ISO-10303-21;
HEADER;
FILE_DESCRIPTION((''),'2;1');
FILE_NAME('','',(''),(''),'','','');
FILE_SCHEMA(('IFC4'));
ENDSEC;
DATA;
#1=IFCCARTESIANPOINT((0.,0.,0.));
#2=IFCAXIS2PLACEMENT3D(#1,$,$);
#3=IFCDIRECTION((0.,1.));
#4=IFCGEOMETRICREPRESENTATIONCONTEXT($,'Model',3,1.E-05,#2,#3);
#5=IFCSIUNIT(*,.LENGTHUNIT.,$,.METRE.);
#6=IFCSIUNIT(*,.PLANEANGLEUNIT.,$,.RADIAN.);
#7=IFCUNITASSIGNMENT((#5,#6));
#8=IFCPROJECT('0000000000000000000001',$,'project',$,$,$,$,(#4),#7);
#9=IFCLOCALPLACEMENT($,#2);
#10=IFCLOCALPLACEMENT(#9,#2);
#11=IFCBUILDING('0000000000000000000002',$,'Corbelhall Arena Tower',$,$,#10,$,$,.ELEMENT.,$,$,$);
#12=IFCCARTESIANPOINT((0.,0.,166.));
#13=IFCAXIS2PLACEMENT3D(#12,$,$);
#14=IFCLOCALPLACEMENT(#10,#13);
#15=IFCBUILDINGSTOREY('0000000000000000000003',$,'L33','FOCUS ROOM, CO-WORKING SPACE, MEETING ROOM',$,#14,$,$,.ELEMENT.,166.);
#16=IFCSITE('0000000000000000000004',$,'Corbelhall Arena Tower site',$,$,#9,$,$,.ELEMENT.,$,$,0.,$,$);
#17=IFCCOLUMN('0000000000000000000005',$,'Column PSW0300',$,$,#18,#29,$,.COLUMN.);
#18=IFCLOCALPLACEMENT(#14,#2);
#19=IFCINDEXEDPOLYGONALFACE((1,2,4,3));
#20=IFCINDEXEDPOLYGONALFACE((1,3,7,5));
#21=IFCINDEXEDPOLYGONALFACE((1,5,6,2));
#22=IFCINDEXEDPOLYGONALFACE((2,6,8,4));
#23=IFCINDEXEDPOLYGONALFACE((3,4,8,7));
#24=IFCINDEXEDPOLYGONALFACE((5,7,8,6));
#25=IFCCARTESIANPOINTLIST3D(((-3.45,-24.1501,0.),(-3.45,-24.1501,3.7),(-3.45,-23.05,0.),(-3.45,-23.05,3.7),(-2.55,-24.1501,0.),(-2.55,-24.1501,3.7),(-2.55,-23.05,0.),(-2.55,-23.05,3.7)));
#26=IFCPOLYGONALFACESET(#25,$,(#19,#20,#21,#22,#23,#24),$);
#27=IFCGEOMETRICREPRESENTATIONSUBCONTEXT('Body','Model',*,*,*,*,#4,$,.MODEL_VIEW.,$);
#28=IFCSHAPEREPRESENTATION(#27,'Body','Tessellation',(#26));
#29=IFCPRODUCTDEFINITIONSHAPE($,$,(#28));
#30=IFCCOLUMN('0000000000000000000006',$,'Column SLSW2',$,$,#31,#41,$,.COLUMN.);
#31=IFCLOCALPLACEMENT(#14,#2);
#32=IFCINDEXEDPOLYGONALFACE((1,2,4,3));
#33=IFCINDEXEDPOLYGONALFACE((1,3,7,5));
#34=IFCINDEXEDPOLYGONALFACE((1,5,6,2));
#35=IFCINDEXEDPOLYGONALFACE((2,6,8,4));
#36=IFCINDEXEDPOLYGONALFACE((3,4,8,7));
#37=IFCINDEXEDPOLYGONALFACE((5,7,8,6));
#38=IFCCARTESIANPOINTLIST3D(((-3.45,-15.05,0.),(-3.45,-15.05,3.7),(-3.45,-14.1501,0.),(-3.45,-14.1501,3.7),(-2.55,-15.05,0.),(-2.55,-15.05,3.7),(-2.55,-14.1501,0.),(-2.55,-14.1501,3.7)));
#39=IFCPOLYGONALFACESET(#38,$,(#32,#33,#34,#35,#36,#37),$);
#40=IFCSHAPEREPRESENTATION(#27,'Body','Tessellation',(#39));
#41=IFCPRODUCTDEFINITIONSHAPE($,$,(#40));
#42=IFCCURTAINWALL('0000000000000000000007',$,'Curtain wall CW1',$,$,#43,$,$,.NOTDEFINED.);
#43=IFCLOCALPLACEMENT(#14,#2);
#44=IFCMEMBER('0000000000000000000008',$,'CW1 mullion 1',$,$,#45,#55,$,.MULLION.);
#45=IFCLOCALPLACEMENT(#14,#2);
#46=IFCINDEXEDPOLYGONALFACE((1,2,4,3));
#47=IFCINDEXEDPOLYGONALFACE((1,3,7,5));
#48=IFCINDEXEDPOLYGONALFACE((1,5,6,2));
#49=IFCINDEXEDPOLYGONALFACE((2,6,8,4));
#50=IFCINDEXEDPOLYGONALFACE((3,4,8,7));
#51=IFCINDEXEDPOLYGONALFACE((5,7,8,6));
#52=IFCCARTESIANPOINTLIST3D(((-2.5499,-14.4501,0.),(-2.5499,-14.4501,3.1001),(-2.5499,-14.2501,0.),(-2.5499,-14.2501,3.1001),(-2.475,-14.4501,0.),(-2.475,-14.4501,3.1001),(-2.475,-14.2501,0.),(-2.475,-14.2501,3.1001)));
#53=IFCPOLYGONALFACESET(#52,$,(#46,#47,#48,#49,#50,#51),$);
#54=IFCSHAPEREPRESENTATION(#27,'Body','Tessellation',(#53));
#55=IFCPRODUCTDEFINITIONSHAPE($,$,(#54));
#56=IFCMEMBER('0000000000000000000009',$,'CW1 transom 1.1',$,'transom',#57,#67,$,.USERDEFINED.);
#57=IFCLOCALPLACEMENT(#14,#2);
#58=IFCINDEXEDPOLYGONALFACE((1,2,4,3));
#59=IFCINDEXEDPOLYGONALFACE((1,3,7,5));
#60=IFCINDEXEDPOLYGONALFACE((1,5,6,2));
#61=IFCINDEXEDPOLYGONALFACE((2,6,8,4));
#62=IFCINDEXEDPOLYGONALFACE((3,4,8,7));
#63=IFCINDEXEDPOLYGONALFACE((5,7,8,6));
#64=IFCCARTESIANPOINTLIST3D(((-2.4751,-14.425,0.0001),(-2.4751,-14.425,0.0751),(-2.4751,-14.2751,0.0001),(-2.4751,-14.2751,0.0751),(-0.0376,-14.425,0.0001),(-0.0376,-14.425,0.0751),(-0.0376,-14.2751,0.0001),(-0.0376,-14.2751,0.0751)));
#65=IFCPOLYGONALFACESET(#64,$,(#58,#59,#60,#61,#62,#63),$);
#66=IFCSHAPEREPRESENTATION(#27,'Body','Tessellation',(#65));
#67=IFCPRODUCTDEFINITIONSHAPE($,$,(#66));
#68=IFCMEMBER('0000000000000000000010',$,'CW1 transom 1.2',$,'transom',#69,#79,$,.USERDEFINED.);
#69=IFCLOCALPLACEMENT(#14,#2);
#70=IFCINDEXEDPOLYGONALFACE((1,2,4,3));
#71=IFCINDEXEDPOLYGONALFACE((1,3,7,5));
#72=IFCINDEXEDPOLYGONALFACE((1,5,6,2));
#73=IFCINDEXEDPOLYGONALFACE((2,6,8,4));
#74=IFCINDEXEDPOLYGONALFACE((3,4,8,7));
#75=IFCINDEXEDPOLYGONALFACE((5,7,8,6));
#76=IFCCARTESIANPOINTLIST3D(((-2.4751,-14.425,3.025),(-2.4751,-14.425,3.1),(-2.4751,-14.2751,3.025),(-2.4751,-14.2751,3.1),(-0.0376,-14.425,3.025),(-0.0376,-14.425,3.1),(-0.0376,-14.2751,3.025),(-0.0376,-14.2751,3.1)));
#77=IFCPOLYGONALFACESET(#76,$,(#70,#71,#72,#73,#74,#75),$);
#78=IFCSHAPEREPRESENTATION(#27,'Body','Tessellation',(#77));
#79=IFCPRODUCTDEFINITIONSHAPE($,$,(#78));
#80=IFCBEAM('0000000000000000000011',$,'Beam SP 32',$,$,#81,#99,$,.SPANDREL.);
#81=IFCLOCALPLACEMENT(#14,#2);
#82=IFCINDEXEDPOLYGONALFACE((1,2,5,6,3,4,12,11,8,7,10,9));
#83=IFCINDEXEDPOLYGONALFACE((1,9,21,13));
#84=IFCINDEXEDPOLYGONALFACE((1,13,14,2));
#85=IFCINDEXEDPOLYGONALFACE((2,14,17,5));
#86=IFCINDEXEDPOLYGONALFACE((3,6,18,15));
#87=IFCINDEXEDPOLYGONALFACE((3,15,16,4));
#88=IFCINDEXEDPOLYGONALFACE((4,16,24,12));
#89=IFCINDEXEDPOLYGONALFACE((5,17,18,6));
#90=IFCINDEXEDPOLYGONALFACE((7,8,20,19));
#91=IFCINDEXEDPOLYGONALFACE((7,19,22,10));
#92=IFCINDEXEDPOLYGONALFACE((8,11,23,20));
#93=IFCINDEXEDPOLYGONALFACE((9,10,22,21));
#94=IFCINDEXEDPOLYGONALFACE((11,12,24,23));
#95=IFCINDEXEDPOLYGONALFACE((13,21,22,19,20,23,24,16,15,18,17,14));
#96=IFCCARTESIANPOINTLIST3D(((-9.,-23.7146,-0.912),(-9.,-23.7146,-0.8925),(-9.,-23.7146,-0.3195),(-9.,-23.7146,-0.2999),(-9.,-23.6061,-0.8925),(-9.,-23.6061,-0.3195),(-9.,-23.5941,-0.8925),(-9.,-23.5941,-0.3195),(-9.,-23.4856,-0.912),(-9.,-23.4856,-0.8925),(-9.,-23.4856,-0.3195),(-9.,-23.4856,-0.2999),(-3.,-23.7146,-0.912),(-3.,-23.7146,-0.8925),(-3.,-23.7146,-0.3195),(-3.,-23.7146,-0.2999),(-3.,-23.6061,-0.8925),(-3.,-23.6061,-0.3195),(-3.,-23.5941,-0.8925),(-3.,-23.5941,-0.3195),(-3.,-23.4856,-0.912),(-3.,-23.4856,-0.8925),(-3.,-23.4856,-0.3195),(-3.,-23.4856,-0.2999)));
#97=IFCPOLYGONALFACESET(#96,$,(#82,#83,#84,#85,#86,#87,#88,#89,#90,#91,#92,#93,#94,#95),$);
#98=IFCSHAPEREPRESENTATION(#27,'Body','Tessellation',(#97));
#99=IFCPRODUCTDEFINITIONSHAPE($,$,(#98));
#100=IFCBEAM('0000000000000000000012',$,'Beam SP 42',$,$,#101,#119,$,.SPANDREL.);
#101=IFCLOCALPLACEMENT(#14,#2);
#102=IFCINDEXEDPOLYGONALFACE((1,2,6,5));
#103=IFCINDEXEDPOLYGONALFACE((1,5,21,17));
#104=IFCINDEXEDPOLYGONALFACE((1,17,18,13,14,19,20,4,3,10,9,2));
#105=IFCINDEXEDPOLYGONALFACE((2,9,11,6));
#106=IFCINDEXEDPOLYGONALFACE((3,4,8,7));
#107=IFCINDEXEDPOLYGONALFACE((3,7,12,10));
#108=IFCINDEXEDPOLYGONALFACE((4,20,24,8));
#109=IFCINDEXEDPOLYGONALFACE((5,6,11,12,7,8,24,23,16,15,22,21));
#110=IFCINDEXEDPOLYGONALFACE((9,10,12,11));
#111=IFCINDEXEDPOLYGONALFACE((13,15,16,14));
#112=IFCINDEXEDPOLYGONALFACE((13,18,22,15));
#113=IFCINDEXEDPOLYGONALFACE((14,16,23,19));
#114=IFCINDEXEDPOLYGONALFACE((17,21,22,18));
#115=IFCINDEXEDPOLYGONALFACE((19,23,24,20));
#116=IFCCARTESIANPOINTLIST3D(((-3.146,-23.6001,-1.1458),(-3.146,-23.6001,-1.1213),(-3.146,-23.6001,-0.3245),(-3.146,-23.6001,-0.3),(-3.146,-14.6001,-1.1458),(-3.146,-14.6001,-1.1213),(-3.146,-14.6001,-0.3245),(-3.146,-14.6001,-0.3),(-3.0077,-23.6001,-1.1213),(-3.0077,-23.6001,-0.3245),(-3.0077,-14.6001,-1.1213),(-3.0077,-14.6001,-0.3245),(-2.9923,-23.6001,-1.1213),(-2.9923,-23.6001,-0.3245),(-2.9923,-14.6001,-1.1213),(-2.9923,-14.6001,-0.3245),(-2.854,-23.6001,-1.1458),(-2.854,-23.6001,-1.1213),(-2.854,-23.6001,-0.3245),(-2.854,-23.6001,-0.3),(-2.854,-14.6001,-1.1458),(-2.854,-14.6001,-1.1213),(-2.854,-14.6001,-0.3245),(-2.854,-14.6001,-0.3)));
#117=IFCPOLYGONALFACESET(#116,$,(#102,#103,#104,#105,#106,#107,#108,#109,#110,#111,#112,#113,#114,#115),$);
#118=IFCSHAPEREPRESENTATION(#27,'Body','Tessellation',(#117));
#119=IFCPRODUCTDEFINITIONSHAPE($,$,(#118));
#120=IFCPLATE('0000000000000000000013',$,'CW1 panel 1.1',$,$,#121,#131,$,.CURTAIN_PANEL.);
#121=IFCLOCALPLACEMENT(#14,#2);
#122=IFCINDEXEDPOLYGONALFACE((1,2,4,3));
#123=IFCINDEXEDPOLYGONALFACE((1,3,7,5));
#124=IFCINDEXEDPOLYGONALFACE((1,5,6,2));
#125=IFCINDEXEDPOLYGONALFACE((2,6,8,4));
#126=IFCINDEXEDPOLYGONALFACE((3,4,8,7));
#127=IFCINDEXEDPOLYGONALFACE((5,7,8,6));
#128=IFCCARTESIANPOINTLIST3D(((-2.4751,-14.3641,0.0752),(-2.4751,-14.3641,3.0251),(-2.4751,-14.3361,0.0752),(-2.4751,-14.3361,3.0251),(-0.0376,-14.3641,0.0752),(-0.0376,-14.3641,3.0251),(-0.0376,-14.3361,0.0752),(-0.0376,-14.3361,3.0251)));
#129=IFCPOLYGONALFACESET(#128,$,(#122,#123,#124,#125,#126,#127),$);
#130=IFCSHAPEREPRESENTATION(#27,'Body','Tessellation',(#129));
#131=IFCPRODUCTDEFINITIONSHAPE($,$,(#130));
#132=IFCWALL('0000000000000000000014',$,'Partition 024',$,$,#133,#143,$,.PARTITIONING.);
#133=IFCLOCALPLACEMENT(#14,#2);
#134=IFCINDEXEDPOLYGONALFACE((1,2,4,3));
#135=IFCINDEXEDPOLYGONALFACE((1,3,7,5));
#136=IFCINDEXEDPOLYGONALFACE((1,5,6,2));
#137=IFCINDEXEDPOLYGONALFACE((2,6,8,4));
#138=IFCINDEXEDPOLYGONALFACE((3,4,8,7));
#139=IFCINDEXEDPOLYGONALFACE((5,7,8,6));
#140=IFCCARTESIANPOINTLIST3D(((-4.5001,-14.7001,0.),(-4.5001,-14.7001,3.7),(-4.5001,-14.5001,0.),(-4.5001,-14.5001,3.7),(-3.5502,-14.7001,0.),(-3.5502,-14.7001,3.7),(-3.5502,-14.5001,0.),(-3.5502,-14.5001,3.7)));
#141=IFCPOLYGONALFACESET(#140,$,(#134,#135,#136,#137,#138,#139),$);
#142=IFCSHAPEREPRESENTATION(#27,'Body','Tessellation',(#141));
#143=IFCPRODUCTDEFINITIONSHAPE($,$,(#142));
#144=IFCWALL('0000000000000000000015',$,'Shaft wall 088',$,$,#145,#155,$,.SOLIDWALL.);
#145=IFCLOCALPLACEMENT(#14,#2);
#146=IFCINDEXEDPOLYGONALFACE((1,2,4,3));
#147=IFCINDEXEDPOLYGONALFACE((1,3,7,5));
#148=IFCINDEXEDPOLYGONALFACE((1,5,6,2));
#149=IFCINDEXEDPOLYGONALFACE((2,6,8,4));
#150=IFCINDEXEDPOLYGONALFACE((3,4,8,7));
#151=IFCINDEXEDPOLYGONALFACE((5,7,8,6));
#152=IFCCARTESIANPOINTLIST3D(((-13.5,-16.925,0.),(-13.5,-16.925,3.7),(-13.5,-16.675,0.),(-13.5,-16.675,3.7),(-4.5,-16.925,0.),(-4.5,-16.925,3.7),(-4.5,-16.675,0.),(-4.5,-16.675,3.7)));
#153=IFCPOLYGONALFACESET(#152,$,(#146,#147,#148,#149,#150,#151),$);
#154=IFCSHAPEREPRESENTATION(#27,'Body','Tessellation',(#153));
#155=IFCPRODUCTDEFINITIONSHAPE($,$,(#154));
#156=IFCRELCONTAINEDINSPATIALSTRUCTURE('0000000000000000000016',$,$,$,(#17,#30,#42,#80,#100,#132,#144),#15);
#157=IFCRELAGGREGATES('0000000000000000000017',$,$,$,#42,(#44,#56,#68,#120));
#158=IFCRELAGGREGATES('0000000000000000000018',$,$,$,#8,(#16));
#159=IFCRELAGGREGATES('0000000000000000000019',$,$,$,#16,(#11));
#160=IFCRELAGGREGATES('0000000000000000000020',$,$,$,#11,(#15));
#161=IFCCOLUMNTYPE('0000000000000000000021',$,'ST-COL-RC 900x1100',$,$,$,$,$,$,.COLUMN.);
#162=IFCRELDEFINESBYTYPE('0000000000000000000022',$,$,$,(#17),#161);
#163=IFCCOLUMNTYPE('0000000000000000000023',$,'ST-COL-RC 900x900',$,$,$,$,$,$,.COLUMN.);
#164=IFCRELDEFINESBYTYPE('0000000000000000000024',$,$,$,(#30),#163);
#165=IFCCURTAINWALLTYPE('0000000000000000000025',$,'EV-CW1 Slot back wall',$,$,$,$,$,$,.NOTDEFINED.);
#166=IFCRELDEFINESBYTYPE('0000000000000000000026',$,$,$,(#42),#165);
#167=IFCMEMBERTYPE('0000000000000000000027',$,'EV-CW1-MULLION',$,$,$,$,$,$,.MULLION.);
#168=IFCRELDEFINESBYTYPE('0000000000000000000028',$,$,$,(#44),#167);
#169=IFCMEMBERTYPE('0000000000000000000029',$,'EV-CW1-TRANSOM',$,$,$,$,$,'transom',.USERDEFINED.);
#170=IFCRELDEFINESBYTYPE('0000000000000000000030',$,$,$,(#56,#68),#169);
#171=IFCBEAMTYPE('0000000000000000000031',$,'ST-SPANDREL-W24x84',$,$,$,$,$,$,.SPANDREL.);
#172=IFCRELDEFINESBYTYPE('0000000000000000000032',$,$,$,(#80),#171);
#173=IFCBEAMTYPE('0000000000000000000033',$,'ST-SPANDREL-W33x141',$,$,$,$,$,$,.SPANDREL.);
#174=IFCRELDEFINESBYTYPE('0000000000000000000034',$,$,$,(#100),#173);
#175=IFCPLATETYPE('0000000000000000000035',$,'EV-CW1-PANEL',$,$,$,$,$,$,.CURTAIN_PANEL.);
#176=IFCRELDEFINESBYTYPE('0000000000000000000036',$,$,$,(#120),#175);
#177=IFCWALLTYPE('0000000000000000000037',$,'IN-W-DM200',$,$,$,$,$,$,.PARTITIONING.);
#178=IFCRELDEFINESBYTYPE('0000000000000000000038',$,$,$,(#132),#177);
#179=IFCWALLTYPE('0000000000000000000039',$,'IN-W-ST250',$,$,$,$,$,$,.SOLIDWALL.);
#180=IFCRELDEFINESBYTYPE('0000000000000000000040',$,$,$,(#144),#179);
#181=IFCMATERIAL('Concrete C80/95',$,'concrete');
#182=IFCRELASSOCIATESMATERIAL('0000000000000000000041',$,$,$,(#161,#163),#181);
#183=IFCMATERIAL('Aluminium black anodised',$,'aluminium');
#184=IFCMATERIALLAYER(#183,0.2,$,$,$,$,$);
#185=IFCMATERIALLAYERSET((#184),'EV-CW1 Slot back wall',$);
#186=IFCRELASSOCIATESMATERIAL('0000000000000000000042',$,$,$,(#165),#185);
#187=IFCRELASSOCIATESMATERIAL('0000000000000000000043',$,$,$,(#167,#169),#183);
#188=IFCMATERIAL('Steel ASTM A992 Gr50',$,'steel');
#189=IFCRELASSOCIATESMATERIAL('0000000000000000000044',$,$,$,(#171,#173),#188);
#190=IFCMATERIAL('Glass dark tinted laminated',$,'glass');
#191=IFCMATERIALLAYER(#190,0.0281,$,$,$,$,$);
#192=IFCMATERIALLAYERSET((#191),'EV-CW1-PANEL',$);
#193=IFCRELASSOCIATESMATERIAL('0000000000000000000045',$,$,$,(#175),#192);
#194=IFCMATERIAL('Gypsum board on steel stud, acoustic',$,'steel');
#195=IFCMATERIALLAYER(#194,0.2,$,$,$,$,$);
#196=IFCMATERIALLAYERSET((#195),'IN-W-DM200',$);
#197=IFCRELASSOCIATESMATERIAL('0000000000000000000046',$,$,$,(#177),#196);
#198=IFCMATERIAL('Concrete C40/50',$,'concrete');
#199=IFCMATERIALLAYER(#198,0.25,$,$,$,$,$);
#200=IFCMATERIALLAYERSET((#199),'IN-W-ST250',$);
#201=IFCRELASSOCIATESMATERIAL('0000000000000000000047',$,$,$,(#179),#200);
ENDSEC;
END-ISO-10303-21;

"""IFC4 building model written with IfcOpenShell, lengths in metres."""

from ifc_helpers import new_model, si_unit, direction, frame, frame_2d, origin, origin_2d, place, context, subcontext, project, spatial, rectangle, i_section, extrude, material, layer, layer_set, material_profile, profile_set, type_object, element, aggregate, save


model = new_model("IFC4")

# Units and contexts
model_context = context("Model", 3, precision=1e-05, world=origin(), true_north=direction((0.0, 1.0)))
body_context = subcontext(model_context, "Body", "Model", "MODEL_VIEW")
ifc_project = project(units=[si_unit("LENGTHUNIT", "METRE"), si_unit("PLANEANGLEUNIT", "RADIAN")], contexts=[model_context])

# Site, building, storey
site_placement = place(None, origin())
site = spatial("IfcSite", under=ifc_project, at=site_placement, Name="Corbelhall Arena Tower site", CompositionType="ELEMENT", RefElevation=0.0)
building_placement = place(site_placement, origin())
building = spatial("IfcBuilding", under=site, at=building_placement, Name="Corbelhall Arena Tower", CompositionType="ELEMENT")
storey_placement = place(building_placement, frame((0.0, 0.0, 166.0)))
storey = spatial("IfcBuildingStorey", under=building, at=storey_placement, Name="L33", Description="FOCUS ROOM, CO-WORKING SPACE, MEETING ROOM", CompositionType="ELEMENT", Elevation=166.0)

# Columns
ifc_material_1 = material(Name="Concrete C80/95", Category="concrete")
ifc_material_profile_1 = material_profile(ifc_material_1, rectangle(XDim=0.8999, YDim=1.1001, at=origin_2d()))
ifc_profile_set_1 = profile_set([ifc_material_profile_1], Name="Concrete C80/95")
column_type_1 = type_object("IfcColumnType", Name="ST-COL-RC 900x1100", PredefinedType="COLUMN", material=ifc_profile_set_1)
column_1_placement = place(storey_placement, frame((-3.0, -23.6001, 0.0), z_axis=(0.0, 0.0, 1.0), x_axis=(1.0, 0.0, 0.0)))
element("IfcColumn", 1, at=column_1_placement, inside=storey, type_object=column_type_1, Name="Column PSW0300", PredefinedType="COLUMN", context=body_context, shape_type="SweptSolid", body=[
    extrude(rectangle(XDim=0.8999, YDim=1.1001, at=origin_2d()), origin(), (0.0, 0.0, 1.0), 3.7),
])
ifc_material_profile_2 = material_profile(ifc_material_1, rectangle(XDim=0.8999, YDim=0.8999, at=origin_2d()))
ifc_profile_set_2 = profile_set([ifc_material_profile_2], Name="Concrete C80/95")
column_type_2 = type_object("IfcColumnType", Name="ST-COL-RC 900x900", PredefinedType="COLUMN", material=ifc_profile_set_2)
column_2_placement = place(storey_placement, frame((-3.0, -14.6001, 0.0), z_axis=(0.0, 0.0, 1.0), x_axis=(1.0, 0.0, 0.0)))
element("IfcColumn", 2, at=column_2_placement, inside=storey, type_object=column_type_2, Name="Column SLSW2", PredefinedType="COLUMN", context=body_context, shape_type="SweptSolid", body=[
    extrude(rectangle(XDim=0.8999, YDim=0.8999, at=origin_2d()), origin(), (0.0, 0.0, 1.0), 3.7),
])

# Curtain wall, members
ifc_material_2 = material(Name="Aluminium black anodised", Category="aluminium")
ifc_layer_1 = layer(ifc_material_2, 0.2)
ifc_layer_set_1 = layer_set([ifc_layer_1], Name="EV-CW1 Slot back wall")
curtain_wall_type = type_object("IfcCurtainWallType", Name="EV-CW1 Slot back wall", PredefinedType="NOTDEFINED", material=ifc_layer_set_1)
curtain_wall_placement = place(storey_placement, origin())
curtain_wall = element("IfcCurtainWall", 3, at=curtain_wall_placement, inside=storey, type_object=curtain_wall_type, Name="Curtain wall CW1", PredefinedType="NOTDEFINED")
ifc_material_profile_3 = material_profile(ifc_material_2, rectangle(XDim=0.2, YDim=0.075, at=origin_2d()))
ifc_profile_set_3 = profile_set([ifc_material_profile_3], Name="Aluminium black anodised")
member_type_1 = type_object("IfcMemberType", Name="EV-CW1-MULLION", PredefinedType="MULLION", material=ifc_profile_set_3)
member_1_placement = place(storey_placement, frame((-2.5125, -14.3501, 0.0), z_axis=(0.0, 0.0, 1.0), x_axis=(0.0, 1.0, 0.0)))
member_1 = element("IfcMember", 4, at=member_1_placement, type_object=member_type_1, Name="CW1 mullion 1", PredefinedType="MULLION", context=body_context, shape_type="SweptSolid", body=[
    extrude(rectangle(XDim=0.2, YDim=0.075, at=origin_2d()), origin(), (0.0, 0.0, 1.0), 3.1001),
])
ifc_material_profile_4 = material_profile(ifc_material_2, rectangle(XDim=0.1499, YDim=0.075, at=origin_2d()))
ifc_profile_set_4 = profile_set([ifc_material_profile_4], Name="Aluminium black anodised")
member_type_2 = type_object("IfcMemberType", Name="EV-CW1-TRANSOM", ElementType="transom", PredefinedType="USERDEFINED", material=ifc_profile_set_4)
member_2_placement = place(storey_placement, frame((-2.4751, -14.3501, 0.0376), z_axis=(1.0, 0.0, 0.0), x_axis=(0.0, 1.0, 0.0)))
member_2 = element("IfcMember", 5, at=member_2_placement, type_object=member_type_2, Name="CW1 transom 1.1", ObjectType="transom", PredefinedType="USERDEFINED", context=body_context, shape_type="SweptSolid", body=[
    extrude(rectangle(XDim=0.1499, YDim=0.075, at=origin_2d()), origin(), (0.0, 0.0, 1.0), 2.4375),
])
member_3_placement = place(storey_placement, frame((-2.4751, -14.3501, 3.0625), z_axis=(1.0, 0.0, 0.0), x_axis=(0.0, 1.0, 0.0)))
member_3 = element("IfcMember", 6, at=member_3_placement, type_object=member_type_2, Name="CW1 transom 1.2", ObjectType="transom", PredefinedType="USERDEFINED", context=body_context, shape_type="SweptSolid", body=[
    extrude(rectangle(XDim=0.1499, YDim=0.075, at=origin_2d()), origin(), (0.0, 0.0, 1.0), 2.4375),
])

# Beams
ifc_material_3 = material(Name="Steel ASTM A992 Gr50", Category="steel")
ifc_material_profile_5 = material_profile(ifc_material_3, i_section(OverallWidth=0.229, OverallDepth=0.6121, WebThickness=0.012, FlangeThickness=0.0195, at=origin_2d()))
ifc_profile_set_5 = profile_set([ifc_material_profile_5], Name="Steel ASTM A992 Gr50")
beam_type_1 = type_object("IfcBeamType", Name="ST-SPANDREL-W24x84", PredefinedType="SPANDREL", material=ifc_profile_set_5)
beam_1_placement = place(storey_placement, frame((-3.0, -23.6001, -0.606), z_axis=(-1.0, 0.0, 0.0), x_axis=(0.0, -1.0, 0.0)))
element("IfcBeam", 7, at=beam_1_placement, inside=storey, type_object=beam_type_1, Name="Beam SP 32", PredefinedType="SPANDREL", context=body_context, shape_type="SweptSolid", body=[
    extrude(i_section(OverallWidth=0.229, OverallDepth=0.6121, WebThickness=0.012, FlangeThickness=0.0195, at=origin_2d()), origin(), (0.0, 0.0, 1.0), 6.0),
])
ifc_material_profile_6 = material_profile(ifc_material_3, i_section(OverallWidth=0.292, OverallDepth=0.8457, WebThickness=0.0154, FlangeThickness=0.0244, at=origin_2d()))
ifc_profile_set_6 = profile_set([ifc_material_profile_6], Name="Steel ASTM A992 Gr50")
beam_type_2 = type_object("IfcBeamType", Name="ST-SPANDREL-W33x141", PredefinedType="SPANDREL", material=ifc_profile_set_6)
beam_2_placement = place(storey_placement, frame((-3.0, -14.6001, -0.7229), z_axis=(0.0, -1.0, 0.0), x_axis=(1.0, 0.0, 0.0)))
element("IfcBeam", 8, at=beam_2_placement, inside=storey, type_object=beam_type_2, Name="Beam SP 42", PredefinedType="SPANDREL", context=body_context, shape_type="SweptSolid", body=[
    extrude(i_section(OverallWidth=0.292, OverallDepth=0.8457, WebThickness=0.0154, FlangeThickness=0.0244, at=origin_2d()), origin(), (0.0, 0.0, 1.0), 9.0),
])

# Plate
ifc_material_4 = material(Name="Glass dark tinted laminated", Category="glass")
ifc_layer_2 = layer(ifc_material_4, 0.0281)
ifc_layer_set_2 = layer_set([ifc_layer_2], Name="EV-CW1-PANEL")
plate_type = type_object("IfcPlateType", Name="EV-CW1-PANEL", PredefinedType="CURTAIN_PANEL", material=ifc_layer_set_2)
plate_placement = place(storey_placement, frame((-1.2563, -14.3501, 0.0752), z_axis=(0.0, 0.0, 1.0), x_axis=(1.0, 0.0, 0.0)))
plate = element("IfcPlate", 9, at=plate_placement, type_object=plate_type, Name="CW1 panel 1.1", PredefinedType="CURTAIN_PANEL", context=body_context, shape_type="SweptSolid", body=[
    extrude(rectangle(XDim=2.4375, YDim=0.0281, at=origin_2d()), origin(), (0.0, 0.0, 1.0), 2.95),
])
aggregate(curtain_wall, [member_1, member_2, member_3, plate])

# Walls
ifc_material_5 = material(Name="Gypsum board on steel stud, acoustic", Category="steel")
ifc_layer_3 = layer(ifc_material_5, 0.2)
ifc_layer_set_3 = layer_set([ifc_layer_3], Name="IN-W-DM200")
wall_type_1 = type_object("IfcWallType", Name="IN-W-DM200", PredefinedType="PARTITIONING", material=ifc_layer_set_3)
wall_1_placement = place(storey_placement, frame((-3.55, -14.6001, 0.0), z_axis=(0.0, 0.0, 1.0), x_axis=(-1.0, 0.0, 0.0)))
element("IfcWall", 10, at=wall_1_placement, inside=storey, type_object=wall_type_1, Name="Partition 024", PredefinedType="PARTITIONING", context=body_context, shape_type="SweptSolid", body=[
    extrude(rectangle(XDim=0.95, YDim=0.2, at=frame_2d((0.4751, 0.0))), origin(), (0.0, 0.0, 1.0), 3.7),
])
ifc_material_6 = material(Name="Concrete C40/50", Category="concrete")
ifc_layer_4 = layer(ifc_material_6, 0.25)
ifc_layer_set_4 = layer_set([ifc_layer_4], Name="IN-W-ST250")
wall_type_2 = type_object("IfcWallType", Name="IN-W-ST250", PredefinedType="SOLIDWALL", material=ifc_layer_set_4)
wall_2_placement = place(storey_placement, frame((-4.5, -16.8, 0.0), z_axis=(0.0, 0.0, 1.0), x_axis=(-1.0, 0.0, 0.0)))
element("IfcWall", 11, at=wall_2_placement, inside=storey, type_object=wall_type_2, Name="Shaft wall 088", PredefinedType="SOLIDWALL", context=body_context, shape_type="SweptSolid", body=[
    extrude(rectangle(XDim=9.0, YDim=0.25, at=frame_2d((4.5, 0.0))), origin(), (0.0, 0.0, 1.0), 3.7),
])

save(model, "model.ifc")
